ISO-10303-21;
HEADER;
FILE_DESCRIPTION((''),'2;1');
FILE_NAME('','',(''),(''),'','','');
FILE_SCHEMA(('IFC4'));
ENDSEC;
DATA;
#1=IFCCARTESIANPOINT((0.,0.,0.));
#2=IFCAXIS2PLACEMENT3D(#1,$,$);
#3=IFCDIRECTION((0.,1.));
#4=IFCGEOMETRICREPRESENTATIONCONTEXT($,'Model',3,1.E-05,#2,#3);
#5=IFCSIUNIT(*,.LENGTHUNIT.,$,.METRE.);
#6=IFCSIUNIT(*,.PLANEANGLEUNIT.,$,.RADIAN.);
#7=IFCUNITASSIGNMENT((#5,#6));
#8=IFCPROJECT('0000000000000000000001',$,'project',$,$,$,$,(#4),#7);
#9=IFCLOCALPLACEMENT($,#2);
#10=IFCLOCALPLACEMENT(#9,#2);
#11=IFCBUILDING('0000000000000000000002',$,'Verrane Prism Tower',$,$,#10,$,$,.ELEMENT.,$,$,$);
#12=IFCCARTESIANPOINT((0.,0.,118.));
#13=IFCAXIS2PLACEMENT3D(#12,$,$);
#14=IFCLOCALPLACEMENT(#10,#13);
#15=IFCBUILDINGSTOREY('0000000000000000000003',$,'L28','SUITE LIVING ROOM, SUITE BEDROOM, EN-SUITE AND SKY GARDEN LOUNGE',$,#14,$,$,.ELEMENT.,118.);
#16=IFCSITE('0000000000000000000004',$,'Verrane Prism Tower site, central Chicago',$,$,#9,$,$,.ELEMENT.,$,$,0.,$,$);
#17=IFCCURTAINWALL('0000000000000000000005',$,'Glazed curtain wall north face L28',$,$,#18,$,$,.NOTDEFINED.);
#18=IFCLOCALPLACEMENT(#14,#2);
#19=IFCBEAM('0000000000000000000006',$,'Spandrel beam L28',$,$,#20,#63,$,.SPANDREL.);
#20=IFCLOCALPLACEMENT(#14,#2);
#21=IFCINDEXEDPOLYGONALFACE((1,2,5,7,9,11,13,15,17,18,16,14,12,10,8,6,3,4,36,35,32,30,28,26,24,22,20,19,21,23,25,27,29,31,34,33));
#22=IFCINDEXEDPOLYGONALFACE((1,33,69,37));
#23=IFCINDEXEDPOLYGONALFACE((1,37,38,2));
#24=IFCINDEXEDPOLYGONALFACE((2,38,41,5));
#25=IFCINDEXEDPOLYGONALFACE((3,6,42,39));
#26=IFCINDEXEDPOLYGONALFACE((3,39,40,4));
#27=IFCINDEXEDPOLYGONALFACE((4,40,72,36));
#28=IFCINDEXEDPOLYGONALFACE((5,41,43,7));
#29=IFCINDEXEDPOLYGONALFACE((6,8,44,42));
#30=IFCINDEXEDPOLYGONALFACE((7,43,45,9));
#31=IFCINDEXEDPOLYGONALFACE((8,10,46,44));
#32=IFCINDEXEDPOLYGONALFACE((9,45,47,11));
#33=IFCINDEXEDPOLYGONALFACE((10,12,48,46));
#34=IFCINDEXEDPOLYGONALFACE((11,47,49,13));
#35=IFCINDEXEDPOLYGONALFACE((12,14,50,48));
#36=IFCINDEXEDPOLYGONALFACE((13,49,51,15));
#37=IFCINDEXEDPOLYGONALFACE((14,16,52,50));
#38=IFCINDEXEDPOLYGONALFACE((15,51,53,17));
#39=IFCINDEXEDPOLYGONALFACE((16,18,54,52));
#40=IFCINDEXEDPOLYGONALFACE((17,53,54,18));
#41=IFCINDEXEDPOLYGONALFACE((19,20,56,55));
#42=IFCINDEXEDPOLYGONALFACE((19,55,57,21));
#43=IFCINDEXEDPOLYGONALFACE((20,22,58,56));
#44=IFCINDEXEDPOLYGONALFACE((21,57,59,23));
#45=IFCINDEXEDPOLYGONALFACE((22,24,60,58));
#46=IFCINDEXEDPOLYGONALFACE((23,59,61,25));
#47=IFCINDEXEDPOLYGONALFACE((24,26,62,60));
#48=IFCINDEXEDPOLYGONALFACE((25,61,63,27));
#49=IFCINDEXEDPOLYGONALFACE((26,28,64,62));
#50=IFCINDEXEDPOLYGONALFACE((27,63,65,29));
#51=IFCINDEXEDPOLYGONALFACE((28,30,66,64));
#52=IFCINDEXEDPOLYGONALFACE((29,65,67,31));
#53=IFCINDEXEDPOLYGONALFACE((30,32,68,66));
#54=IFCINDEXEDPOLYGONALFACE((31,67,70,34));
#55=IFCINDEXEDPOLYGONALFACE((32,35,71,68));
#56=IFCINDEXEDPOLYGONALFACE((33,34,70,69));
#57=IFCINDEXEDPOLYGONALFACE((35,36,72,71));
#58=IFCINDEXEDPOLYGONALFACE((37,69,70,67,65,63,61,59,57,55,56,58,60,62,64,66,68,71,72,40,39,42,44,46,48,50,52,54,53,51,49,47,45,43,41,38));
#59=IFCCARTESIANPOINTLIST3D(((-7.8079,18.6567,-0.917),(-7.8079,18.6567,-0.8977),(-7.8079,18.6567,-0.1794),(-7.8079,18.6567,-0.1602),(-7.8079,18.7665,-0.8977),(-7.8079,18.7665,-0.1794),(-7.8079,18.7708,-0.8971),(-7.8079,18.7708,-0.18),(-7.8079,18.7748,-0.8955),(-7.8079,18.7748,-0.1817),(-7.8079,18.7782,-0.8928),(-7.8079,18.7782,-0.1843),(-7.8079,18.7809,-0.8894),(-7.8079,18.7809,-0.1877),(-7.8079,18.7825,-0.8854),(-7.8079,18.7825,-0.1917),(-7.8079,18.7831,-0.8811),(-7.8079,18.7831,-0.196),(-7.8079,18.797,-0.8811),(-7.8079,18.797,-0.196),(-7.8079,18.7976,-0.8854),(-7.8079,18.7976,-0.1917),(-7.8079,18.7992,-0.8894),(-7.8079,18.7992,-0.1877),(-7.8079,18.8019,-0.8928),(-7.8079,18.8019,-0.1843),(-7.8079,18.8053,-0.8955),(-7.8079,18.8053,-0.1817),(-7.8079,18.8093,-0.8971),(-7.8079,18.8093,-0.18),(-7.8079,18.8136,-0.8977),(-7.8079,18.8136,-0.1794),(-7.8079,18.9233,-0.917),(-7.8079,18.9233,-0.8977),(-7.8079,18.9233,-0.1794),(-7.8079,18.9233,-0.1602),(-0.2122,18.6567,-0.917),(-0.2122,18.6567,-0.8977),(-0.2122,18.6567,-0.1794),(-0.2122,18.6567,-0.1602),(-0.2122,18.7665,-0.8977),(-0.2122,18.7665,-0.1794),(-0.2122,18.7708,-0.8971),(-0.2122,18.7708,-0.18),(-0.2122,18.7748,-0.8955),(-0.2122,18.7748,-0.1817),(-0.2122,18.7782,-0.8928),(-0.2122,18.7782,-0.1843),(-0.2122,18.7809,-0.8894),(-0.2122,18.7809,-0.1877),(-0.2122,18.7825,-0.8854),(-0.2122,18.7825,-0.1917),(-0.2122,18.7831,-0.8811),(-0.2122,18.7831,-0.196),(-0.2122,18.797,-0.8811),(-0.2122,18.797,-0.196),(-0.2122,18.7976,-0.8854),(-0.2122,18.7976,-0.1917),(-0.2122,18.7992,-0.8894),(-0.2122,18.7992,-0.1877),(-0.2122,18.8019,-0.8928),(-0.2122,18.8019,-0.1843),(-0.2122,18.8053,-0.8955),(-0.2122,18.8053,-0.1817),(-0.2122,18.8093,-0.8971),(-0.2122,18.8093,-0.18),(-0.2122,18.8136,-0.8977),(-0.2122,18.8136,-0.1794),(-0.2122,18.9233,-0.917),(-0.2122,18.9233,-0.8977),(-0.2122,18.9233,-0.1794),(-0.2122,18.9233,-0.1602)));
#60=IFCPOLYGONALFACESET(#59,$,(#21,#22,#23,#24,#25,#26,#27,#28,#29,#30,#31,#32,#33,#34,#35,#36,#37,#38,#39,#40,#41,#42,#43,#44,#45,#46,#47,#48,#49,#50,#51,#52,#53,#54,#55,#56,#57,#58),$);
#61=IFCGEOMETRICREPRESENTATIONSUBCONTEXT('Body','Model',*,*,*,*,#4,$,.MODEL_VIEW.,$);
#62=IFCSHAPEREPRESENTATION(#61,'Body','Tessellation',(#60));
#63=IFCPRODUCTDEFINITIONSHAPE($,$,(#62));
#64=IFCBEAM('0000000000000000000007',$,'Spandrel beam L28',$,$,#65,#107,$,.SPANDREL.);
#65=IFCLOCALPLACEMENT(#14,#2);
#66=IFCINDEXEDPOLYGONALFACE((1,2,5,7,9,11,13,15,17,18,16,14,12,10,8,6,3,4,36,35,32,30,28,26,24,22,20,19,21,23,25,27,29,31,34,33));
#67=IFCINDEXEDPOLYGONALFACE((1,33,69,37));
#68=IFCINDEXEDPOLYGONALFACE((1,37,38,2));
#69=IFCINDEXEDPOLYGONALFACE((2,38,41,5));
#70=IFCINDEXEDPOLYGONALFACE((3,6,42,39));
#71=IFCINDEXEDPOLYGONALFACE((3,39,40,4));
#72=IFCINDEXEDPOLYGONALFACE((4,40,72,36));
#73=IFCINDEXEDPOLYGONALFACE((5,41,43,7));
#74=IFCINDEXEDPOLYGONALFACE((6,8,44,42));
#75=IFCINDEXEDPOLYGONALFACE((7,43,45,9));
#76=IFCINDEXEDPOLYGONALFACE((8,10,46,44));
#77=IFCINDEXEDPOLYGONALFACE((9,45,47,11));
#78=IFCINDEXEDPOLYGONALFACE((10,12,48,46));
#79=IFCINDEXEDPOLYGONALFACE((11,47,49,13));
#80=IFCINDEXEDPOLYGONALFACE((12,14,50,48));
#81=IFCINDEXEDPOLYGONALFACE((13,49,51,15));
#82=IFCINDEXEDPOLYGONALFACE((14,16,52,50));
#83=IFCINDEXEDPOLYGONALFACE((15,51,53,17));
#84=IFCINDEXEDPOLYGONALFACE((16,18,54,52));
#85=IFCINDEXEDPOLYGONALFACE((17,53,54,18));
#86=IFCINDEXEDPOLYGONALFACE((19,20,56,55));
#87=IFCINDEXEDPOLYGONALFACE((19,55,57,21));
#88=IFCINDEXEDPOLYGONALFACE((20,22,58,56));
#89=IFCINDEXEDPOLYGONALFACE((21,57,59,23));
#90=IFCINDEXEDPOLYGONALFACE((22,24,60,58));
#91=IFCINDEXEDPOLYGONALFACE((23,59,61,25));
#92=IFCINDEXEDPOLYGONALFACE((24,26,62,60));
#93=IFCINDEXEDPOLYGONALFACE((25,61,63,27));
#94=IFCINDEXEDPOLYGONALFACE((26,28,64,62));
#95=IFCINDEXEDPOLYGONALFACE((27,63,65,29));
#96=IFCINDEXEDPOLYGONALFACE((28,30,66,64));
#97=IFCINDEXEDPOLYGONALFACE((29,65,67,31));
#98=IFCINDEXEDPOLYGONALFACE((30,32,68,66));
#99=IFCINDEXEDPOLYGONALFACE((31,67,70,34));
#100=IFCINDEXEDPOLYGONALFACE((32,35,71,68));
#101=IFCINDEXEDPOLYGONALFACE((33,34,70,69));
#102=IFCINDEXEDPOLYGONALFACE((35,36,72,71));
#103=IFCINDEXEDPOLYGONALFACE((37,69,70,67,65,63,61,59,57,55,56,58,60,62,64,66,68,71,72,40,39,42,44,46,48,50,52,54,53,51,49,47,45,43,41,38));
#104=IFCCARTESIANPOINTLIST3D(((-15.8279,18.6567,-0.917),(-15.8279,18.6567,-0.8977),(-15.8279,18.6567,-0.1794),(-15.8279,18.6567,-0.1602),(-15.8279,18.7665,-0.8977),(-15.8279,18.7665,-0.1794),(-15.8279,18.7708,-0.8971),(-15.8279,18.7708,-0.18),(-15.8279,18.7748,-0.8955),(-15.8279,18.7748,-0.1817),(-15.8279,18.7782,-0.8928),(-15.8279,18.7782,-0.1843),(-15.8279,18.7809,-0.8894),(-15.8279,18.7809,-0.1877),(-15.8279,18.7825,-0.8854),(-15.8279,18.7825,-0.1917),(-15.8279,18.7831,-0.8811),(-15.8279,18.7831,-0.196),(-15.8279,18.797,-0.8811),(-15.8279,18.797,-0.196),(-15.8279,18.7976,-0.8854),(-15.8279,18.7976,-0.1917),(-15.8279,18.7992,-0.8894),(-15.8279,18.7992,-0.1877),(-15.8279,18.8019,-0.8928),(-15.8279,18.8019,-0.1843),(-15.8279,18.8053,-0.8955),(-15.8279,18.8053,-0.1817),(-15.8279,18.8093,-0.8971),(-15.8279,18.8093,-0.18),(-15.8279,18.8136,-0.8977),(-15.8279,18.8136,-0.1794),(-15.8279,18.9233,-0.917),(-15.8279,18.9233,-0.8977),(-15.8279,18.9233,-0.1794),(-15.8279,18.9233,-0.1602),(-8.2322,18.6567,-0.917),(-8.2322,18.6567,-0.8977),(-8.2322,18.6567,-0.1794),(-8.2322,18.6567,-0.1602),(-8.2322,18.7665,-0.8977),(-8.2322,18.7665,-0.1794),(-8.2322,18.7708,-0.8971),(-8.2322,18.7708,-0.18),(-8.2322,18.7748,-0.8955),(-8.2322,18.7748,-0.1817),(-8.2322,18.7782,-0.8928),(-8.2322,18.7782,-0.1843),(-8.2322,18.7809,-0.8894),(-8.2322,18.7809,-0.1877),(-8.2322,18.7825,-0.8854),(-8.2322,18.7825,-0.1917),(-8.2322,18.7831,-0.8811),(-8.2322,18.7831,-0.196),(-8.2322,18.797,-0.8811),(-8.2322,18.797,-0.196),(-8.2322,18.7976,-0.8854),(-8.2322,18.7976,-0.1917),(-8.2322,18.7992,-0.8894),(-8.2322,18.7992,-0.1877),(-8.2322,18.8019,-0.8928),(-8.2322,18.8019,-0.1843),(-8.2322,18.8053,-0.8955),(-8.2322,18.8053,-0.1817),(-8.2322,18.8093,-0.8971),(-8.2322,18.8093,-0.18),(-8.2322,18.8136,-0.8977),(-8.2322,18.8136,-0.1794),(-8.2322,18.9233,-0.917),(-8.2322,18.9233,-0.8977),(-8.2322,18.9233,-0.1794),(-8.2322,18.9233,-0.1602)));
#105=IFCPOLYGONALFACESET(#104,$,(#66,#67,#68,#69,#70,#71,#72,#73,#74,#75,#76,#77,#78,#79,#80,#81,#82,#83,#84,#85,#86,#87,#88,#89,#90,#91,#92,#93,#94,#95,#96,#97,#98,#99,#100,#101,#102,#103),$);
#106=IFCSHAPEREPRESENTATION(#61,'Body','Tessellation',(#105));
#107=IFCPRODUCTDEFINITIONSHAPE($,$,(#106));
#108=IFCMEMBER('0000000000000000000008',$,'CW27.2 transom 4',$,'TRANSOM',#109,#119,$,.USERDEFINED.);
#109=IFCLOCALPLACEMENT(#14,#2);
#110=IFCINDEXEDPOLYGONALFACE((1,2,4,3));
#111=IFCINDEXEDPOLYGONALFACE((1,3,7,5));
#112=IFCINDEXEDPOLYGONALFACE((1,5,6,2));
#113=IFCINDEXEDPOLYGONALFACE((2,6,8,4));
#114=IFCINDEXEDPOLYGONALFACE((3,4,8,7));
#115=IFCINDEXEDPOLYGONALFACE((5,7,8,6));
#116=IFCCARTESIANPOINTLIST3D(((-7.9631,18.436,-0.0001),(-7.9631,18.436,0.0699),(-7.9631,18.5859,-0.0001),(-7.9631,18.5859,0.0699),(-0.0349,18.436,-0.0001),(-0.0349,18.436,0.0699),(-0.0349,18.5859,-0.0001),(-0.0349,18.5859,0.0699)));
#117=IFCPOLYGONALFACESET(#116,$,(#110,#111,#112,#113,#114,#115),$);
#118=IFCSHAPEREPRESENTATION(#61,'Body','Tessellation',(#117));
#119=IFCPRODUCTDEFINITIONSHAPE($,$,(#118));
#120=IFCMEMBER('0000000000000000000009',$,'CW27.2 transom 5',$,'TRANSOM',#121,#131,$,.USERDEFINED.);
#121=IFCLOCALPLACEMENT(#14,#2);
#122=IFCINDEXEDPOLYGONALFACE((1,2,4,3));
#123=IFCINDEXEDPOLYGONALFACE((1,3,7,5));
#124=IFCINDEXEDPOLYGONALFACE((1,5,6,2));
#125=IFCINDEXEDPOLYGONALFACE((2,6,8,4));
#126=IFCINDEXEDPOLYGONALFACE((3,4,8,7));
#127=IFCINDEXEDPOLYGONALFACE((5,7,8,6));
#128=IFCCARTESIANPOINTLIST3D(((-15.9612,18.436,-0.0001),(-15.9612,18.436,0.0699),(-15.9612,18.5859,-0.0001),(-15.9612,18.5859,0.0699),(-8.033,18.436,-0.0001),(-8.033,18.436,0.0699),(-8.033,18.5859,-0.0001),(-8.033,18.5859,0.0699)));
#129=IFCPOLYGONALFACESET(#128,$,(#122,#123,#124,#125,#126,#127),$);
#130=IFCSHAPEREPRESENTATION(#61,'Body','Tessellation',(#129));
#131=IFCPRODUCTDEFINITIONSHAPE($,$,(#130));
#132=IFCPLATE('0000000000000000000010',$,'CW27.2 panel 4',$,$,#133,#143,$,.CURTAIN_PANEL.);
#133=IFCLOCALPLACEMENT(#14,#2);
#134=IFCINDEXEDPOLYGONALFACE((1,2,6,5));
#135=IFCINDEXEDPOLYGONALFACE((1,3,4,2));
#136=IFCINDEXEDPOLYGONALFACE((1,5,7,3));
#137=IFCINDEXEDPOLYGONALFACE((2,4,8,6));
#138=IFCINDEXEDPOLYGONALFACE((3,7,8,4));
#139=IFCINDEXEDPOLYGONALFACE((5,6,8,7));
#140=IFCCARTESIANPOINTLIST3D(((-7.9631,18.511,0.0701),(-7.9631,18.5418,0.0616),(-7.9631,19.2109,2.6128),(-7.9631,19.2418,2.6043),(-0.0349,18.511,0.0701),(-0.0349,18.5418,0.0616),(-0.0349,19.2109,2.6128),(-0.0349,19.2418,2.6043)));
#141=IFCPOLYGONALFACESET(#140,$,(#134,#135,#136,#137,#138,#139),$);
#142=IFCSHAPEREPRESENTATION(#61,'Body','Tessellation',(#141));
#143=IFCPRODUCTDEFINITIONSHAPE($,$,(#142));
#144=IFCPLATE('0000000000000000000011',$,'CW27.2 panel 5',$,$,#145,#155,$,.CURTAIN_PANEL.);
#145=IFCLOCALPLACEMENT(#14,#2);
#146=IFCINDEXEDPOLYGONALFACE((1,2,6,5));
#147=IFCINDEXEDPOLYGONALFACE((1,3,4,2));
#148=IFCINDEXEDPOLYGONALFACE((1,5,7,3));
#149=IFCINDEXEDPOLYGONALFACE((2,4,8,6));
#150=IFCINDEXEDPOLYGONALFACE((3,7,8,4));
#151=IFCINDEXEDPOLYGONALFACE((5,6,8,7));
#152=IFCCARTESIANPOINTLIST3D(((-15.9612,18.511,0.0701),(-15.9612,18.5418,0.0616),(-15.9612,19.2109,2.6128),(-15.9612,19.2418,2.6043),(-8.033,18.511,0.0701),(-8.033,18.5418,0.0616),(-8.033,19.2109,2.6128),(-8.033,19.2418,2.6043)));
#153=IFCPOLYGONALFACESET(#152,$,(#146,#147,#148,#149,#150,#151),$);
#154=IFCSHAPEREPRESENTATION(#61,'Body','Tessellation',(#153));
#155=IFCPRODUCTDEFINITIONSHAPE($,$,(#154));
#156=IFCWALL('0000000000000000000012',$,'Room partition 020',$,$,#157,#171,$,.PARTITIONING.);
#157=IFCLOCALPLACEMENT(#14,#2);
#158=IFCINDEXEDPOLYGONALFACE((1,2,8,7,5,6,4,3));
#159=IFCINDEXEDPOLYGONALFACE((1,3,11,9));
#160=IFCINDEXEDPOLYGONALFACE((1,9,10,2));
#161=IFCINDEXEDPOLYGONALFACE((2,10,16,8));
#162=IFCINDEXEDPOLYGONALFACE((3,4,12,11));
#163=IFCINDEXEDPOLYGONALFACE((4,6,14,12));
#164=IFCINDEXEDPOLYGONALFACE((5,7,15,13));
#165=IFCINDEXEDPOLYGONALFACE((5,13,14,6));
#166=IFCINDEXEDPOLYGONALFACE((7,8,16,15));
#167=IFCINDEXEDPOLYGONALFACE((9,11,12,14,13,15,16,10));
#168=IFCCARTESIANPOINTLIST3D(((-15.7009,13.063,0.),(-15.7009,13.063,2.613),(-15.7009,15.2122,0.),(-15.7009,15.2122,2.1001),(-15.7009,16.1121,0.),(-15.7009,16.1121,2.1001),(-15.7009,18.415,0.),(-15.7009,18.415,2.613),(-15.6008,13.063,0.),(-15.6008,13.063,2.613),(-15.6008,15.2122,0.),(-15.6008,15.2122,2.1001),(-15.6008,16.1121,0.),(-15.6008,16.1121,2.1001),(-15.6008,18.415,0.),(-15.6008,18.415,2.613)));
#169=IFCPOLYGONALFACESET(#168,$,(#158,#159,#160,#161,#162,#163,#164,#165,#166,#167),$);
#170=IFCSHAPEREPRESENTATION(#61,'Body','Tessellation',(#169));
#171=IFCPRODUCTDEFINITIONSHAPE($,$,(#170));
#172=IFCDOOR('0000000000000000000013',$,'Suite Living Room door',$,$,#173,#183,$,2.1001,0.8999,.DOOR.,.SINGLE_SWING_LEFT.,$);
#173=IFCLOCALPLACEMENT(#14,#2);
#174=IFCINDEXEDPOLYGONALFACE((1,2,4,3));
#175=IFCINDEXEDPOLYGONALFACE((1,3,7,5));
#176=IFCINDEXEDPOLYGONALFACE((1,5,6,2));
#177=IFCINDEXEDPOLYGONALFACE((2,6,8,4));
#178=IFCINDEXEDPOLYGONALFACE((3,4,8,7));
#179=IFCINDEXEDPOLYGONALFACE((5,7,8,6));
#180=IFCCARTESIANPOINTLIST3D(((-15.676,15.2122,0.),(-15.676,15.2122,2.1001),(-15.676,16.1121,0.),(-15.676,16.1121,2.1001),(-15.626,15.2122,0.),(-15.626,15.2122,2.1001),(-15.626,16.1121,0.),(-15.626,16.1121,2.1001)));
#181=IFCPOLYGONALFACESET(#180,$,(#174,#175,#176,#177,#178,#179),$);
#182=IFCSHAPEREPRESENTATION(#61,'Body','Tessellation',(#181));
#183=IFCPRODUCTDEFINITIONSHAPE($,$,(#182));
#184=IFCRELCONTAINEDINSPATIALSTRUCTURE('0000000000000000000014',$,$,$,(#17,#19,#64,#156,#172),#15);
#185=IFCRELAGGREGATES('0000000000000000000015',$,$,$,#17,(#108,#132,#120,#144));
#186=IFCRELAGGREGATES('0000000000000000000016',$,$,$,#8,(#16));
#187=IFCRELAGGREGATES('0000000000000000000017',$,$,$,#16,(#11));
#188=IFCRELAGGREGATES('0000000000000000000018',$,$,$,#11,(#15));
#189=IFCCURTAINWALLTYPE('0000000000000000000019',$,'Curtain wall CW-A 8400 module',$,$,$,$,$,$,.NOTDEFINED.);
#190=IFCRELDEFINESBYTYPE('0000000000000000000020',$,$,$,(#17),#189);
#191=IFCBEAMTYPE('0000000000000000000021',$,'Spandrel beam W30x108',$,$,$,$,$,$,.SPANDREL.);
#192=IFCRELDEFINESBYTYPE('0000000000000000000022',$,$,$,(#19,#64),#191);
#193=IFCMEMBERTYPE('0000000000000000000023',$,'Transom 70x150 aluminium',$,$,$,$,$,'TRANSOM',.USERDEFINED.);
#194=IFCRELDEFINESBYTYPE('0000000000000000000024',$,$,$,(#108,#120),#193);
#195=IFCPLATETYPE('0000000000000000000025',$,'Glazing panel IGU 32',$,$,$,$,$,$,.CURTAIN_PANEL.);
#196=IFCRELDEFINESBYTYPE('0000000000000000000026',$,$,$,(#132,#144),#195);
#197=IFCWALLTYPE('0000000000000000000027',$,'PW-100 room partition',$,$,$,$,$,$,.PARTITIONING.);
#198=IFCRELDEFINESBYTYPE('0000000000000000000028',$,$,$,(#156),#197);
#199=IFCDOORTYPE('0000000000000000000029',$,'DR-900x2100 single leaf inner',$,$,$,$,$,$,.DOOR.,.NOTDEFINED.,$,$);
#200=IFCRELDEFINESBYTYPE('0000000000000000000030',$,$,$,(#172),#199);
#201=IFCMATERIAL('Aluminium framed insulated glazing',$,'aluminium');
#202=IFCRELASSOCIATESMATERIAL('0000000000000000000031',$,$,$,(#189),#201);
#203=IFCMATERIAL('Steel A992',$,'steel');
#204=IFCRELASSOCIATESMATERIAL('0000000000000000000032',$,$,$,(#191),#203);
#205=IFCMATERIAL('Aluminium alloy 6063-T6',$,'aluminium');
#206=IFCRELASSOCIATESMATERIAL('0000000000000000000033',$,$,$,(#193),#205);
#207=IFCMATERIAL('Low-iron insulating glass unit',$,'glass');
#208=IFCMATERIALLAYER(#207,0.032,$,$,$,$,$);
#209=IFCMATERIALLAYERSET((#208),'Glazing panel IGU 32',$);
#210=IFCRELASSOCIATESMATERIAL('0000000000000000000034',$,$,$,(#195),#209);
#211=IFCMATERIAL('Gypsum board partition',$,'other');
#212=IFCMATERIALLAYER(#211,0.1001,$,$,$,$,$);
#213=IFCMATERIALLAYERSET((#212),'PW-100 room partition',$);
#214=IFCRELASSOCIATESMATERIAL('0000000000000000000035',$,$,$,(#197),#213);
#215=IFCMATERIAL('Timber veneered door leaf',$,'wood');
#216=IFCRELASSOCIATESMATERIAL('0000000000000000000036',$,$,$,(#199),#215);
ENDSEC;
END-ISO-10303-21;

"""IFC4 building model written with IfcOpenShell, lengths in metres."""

from ifc_helpers import new_model, si_unit, direction, frame, frame_2d, origin, origin_2d, place, context, subcontext, project, spatial, polyline, rectangle, i_section, outline, extrude, material, layer, layer_set, material_profile, profile_set, type_object, element, fill, aggregate, save


model = new_model("IFC4")

# Units and contexts
model_context = context("Model", 3, precision=1e-05, world=origin(), true_north=direction((0.0, 1.0)))
body_context = subcontext(model_context, "Body", "Model", "MODEL_VIEW")
ifc_project = project(units=[si_unit("LENGTHUNIT", "METRE"), si_unit("PLANEANGLEUNIT", "RADIAN")], contexts=[model_context])

# Site, building, storey
site_placement = place(None, origin())
site = spatial("IfcSite", under=ifc_project, at=site_placement, Name="Verrane Prism Tower site, central Chicago", CompositionType="ELEMENT", RefElevation=0.0)
building_placement = place(site_placement, origin())
building = spatial("IfcBuilding", under=site, at=building_placement, Name="Verrane Prism Tower", CompositionType="ELEMENT")
storey_placement = place(building_placement, frame((0.0, 0.0, 118.0)))
storey = spatial("IfcBuildingStorey", under=building, at=storey_placement, Name="L28", Description="SUITE LIVING ROOM, SUITE BEDROOM, EN-SUITE AND SKY GARDEN LOUNGE", CompositionType="ELEMENT", Elevation=118.0)

# Curtain wall
ifc_material_1 = material(Name="Aluminium framed insulated glazing", Category="aluminium")
curtain_wall_type = type_object("IfcCurtainWallType", Name="Curtain wall CW-A 8400 module", PredefinedType="NOTDEFINED", material=ifc_material_1)
curtain_wall_placement = place(storey_placement, origin())
curtain_wall = element("IfcCurtainWall", 1, at=curtain_wall_placement, inside=storey, type_object=curtain_wall_type, Name="Glazed curtain wall north face L28", PredefinedType="NOTDEFINED")

# Beams
ifc_material_2 = material(Name="Steel A992", Category="steel")
ifc_material_profile_1 = material_profile(ifc_material_2, i_section(OverallWidth=0.2666, OverallDepth=0.7568, WebThickness=0.0139, FlangeThickness=0.0193, FilletRadius=0.0166, at=origin_2d()), Name="W30x108")
ifc_profile_set_1 = profile_set([ifc_material_profile_1], Name="Steel A992")
beam_type_1 = type_object("IfcBeamType", Name="Spandrel beam W30x108", PredefinedType="SPANDREL", material=ifc_profile_set_1)
for number, where, z_axis, x_axis, name in (
    (2, (-0.2122, 18.79, -0.5386), (-1.0, 0.0, 0.0), (0.0, -1.0, 0.0), "Spandrel beam L28"),
    (3, (-8.2322, 18.79, -0.5386), (-1.0, 0.0, 0.0), (0.0, -1.0, 0.0), "Spandrel beam L28"),
):
    element("IfcBeam", number, at=place(storey_placement, frame(where, z_axis=z_axis, x_axis=x_axis)), inside=storey, type_object=beam_type_1, Name=name, PredefinedType="SPANDREL", context=body_context, shape_type="SweptSolid", body=[
        extrude(i_section(OverallWidth=0.2666, OverallDepth=0.7568, WebThickness=0.0139, FlangeThickness=0.0193, FilletRadius=0.0166, at=origin_2d()), origin(), (0.0, 0.0, 1.0), 7.5957),
    ])

# Members
ifc_material_3 = material(Name="Aluminium alloy 6063-T6", Category="aluminium")
ifc_material_profile_2 = material_profile(ifc_material_3, rectangle(XDim=0.1499, YDim=0.0701, at=origin_2d()), Name="Transom 70x150 aluminium")
ifc_profile_set_2 = profile_set([ifc_material_profile_2], Name="Aluminium alloy 6063-T6")
member_type_1 = type_object("IfcMemberType", Name="Transom 70x150 aluminium", ElementType="TRANSOM", PredefinedType="USERDEFINED", material=ifc_profile_set_2)
member_1_placement = place(storey_placement, frame((-0.0349, 18.511, 0.0349), z_axis=(-1.0, 0.0, 0.0), x_axis=(0.0, -1.0, 0.0)))
member_1 = element("IfcMember", 4, at=member_1_placement, type_object=member_type_1, Name="CW27.2 transom 4", ObjectType="TRANSOM", PredefinedType="USERDEFINED", context=body_context, shape_type="SweptSolid", body=[
    extrude(rectangle(XDim=0.1499, YDim=0.0701, at=origin_2d()), origin(), (0.0, 0.0, 1.0), 7.9282),
])
member_2_placement = place(storey_placement, frame((-8.033, 18.511, 0.0349), z_axis=(-1.0, 0.0, 0.0), x_axis=(0.0, -1.0, 0.0)))
member_2 = element("IfcMember", 5, at=member_2_placement, type_object=member_type_1, Name="CW27.2 transom 5", ObjectType="TRANSOM", PredefinedType="USERDEFINED", context=body_context, shape_type="SweptSolid", body=[
    extrude(rectangle(XDim=0.1499, YDim=0.0701, at=origin_2d()), origin(), (0.0, 0.0, 1.0), 7.9282),
])

# Plates
ifc_material_4 = material(Name="Low-iron insulating glass unit", Category="glass")
ifc_layer_1 = layer(ifc_material_4, 0.032)
ifc_layer_set_1 = layer_set([ifc_layer_1], Name="Glazing panel IGU 32")
plate_type = type_object("IfcPlateType", Name="Glazing panel IGU 32", PredefinedType="CURTAIN_PANEL", material=ifc_layer_set_1)
plate_1_placement = place(storey_placement, frame((-0.0349, 18.511, 0.0701), z_axis=(0.0, -0.964137, 0.265404), x_axis=(-1.0, 0.0, 0.0)))
plate_1 = element("IfcPlate", 6, at=plate_1_placement, type_object=plate_type, Name="CW27.2 panel 4", PredefinedType="CURTAIN_PANEL", context=body_context, shape_type="SweptSolid", body=[
    extrude(outline(polyline([(0.0, 0.0), (7.9282, 0.0), (7.9282, -2.6373), (0.0, -2.6373), (0.0, 0.0)])), origin(), (0.0, 0.0, -1.0), 0.032),
])
plate_2_placement = place(storey_placement, frame((-8.033, 18.511, 0.0701), z_axis=(0.0, -0.964137, 0.265404), x_axis=(-1.0, 0.0, 0.0)))
plate_2 = element("IfcPlate", 7, at=plate_2_placement, type_object=plate_type, Name="CW27.2 panel 5", PredefinedType="CURTAIN_PANEL", context=body_context, shape_type="SweptSolid", body=[
    extrude(outline(polyline([(0.0, 0.0), (7.9282, 0.0), (7.9282, -2.6373), (0.0, -2.6373), (0.0, 0.0)])), origin(), (0.0, 0.0, -1.0), 0.032),
])
aggregate(curtain_wall, [member_1, plate_1, member_2, plate_2])

# Wall, opening, door
ifc_material_5 = material(Name="Gypsum board partition", Category="other")
ifc_layer_2 = layer(ifc_material_5, 0.1001)
ifc_layer_set_2 = layer_set([ifc_layer_2], Name="PW-100 room partition")
wall_type_1 = type_object("IfcWallType", Name="PW-100 room partition", PredefinedType="PARTITIONING", material=ifc_layer_set_2)
wall_1_placement = place(storey_placement, frame((-15.6509, 18.415, 0.0), z_axis=(0.0, 0.0, 1.0), x_axis=(0.0, -1.0, 0.0)))
wall_1 = element("IfcWall", 8, at=wall_1_placement, inside=storey, type_object=wall_type_1, Name="Room partition 020", PredefinedType="PARTITIONING", context=body_context, shape_type="SweptSolid", body=[
    extrude(rectangle(XDim=5.3521, YDim=0.1001, at=frame_2d((2.676, 0.0))), origin(), (0.0, 0.0, 1.0), 2.613),
])
opening_1_placement = place(wall_1_placement, frame((2.303, 0.0, 0.0)))
opening_1 = element("IfcOpeningElement", 9, at=opening_1_placement, cuts=wall_1, PredefinedType="OPENING", context=body_context, shape_type="SweptSolid", body=[
    extrude(rectangle(XDim=0.8999, YDim=2.1001, at=frame_2d((0.45, 1.05))), frame((0.0, 0.0601, 0.0), z_axis=(0.0, -1.0, 0.0), x_axis=(1.0, 0.0, 0.0)), (0.0, 0.0, 1.0), 0.1201),
])
ifc_material_6 = material(Name="Timber veneered door leaf", Category="wood")
door_type_1 = type_object("IfcDoorType", Name="DR-900x2100 single leaf inner", OperationType="NOTDEFINED", PredefinedType="DOOR", material=ifc_material_6)
door_1_placement = place(opening_1_placement, origin())
door_1 = element("IfcDoor", 10, at=door_1_placement, inside=storey, type_object=door_type_1, Name="Suite Living Room door", OperationType="SINGLE_SWING_LEFT", OverallHeight=2.1001, OverallWidth=0.8999, PredefinedType="DOOR", context=body_context, shape_type="SweptSolid", body=[
    extrude(rectangle(XDim=0.8999, YDim=2.1001, at=frame_2d((0.45, 1.05))), frame((0.0, 0.0249, 0.0), z_axis=(0.0, -1.0, 0.0), x_axis=(1.0, 0.0, 0.0)), (0.0, 0.0, 1.0), 0.05),
])
fill(opening_1, door_1)

save(model, "model.ifc")
